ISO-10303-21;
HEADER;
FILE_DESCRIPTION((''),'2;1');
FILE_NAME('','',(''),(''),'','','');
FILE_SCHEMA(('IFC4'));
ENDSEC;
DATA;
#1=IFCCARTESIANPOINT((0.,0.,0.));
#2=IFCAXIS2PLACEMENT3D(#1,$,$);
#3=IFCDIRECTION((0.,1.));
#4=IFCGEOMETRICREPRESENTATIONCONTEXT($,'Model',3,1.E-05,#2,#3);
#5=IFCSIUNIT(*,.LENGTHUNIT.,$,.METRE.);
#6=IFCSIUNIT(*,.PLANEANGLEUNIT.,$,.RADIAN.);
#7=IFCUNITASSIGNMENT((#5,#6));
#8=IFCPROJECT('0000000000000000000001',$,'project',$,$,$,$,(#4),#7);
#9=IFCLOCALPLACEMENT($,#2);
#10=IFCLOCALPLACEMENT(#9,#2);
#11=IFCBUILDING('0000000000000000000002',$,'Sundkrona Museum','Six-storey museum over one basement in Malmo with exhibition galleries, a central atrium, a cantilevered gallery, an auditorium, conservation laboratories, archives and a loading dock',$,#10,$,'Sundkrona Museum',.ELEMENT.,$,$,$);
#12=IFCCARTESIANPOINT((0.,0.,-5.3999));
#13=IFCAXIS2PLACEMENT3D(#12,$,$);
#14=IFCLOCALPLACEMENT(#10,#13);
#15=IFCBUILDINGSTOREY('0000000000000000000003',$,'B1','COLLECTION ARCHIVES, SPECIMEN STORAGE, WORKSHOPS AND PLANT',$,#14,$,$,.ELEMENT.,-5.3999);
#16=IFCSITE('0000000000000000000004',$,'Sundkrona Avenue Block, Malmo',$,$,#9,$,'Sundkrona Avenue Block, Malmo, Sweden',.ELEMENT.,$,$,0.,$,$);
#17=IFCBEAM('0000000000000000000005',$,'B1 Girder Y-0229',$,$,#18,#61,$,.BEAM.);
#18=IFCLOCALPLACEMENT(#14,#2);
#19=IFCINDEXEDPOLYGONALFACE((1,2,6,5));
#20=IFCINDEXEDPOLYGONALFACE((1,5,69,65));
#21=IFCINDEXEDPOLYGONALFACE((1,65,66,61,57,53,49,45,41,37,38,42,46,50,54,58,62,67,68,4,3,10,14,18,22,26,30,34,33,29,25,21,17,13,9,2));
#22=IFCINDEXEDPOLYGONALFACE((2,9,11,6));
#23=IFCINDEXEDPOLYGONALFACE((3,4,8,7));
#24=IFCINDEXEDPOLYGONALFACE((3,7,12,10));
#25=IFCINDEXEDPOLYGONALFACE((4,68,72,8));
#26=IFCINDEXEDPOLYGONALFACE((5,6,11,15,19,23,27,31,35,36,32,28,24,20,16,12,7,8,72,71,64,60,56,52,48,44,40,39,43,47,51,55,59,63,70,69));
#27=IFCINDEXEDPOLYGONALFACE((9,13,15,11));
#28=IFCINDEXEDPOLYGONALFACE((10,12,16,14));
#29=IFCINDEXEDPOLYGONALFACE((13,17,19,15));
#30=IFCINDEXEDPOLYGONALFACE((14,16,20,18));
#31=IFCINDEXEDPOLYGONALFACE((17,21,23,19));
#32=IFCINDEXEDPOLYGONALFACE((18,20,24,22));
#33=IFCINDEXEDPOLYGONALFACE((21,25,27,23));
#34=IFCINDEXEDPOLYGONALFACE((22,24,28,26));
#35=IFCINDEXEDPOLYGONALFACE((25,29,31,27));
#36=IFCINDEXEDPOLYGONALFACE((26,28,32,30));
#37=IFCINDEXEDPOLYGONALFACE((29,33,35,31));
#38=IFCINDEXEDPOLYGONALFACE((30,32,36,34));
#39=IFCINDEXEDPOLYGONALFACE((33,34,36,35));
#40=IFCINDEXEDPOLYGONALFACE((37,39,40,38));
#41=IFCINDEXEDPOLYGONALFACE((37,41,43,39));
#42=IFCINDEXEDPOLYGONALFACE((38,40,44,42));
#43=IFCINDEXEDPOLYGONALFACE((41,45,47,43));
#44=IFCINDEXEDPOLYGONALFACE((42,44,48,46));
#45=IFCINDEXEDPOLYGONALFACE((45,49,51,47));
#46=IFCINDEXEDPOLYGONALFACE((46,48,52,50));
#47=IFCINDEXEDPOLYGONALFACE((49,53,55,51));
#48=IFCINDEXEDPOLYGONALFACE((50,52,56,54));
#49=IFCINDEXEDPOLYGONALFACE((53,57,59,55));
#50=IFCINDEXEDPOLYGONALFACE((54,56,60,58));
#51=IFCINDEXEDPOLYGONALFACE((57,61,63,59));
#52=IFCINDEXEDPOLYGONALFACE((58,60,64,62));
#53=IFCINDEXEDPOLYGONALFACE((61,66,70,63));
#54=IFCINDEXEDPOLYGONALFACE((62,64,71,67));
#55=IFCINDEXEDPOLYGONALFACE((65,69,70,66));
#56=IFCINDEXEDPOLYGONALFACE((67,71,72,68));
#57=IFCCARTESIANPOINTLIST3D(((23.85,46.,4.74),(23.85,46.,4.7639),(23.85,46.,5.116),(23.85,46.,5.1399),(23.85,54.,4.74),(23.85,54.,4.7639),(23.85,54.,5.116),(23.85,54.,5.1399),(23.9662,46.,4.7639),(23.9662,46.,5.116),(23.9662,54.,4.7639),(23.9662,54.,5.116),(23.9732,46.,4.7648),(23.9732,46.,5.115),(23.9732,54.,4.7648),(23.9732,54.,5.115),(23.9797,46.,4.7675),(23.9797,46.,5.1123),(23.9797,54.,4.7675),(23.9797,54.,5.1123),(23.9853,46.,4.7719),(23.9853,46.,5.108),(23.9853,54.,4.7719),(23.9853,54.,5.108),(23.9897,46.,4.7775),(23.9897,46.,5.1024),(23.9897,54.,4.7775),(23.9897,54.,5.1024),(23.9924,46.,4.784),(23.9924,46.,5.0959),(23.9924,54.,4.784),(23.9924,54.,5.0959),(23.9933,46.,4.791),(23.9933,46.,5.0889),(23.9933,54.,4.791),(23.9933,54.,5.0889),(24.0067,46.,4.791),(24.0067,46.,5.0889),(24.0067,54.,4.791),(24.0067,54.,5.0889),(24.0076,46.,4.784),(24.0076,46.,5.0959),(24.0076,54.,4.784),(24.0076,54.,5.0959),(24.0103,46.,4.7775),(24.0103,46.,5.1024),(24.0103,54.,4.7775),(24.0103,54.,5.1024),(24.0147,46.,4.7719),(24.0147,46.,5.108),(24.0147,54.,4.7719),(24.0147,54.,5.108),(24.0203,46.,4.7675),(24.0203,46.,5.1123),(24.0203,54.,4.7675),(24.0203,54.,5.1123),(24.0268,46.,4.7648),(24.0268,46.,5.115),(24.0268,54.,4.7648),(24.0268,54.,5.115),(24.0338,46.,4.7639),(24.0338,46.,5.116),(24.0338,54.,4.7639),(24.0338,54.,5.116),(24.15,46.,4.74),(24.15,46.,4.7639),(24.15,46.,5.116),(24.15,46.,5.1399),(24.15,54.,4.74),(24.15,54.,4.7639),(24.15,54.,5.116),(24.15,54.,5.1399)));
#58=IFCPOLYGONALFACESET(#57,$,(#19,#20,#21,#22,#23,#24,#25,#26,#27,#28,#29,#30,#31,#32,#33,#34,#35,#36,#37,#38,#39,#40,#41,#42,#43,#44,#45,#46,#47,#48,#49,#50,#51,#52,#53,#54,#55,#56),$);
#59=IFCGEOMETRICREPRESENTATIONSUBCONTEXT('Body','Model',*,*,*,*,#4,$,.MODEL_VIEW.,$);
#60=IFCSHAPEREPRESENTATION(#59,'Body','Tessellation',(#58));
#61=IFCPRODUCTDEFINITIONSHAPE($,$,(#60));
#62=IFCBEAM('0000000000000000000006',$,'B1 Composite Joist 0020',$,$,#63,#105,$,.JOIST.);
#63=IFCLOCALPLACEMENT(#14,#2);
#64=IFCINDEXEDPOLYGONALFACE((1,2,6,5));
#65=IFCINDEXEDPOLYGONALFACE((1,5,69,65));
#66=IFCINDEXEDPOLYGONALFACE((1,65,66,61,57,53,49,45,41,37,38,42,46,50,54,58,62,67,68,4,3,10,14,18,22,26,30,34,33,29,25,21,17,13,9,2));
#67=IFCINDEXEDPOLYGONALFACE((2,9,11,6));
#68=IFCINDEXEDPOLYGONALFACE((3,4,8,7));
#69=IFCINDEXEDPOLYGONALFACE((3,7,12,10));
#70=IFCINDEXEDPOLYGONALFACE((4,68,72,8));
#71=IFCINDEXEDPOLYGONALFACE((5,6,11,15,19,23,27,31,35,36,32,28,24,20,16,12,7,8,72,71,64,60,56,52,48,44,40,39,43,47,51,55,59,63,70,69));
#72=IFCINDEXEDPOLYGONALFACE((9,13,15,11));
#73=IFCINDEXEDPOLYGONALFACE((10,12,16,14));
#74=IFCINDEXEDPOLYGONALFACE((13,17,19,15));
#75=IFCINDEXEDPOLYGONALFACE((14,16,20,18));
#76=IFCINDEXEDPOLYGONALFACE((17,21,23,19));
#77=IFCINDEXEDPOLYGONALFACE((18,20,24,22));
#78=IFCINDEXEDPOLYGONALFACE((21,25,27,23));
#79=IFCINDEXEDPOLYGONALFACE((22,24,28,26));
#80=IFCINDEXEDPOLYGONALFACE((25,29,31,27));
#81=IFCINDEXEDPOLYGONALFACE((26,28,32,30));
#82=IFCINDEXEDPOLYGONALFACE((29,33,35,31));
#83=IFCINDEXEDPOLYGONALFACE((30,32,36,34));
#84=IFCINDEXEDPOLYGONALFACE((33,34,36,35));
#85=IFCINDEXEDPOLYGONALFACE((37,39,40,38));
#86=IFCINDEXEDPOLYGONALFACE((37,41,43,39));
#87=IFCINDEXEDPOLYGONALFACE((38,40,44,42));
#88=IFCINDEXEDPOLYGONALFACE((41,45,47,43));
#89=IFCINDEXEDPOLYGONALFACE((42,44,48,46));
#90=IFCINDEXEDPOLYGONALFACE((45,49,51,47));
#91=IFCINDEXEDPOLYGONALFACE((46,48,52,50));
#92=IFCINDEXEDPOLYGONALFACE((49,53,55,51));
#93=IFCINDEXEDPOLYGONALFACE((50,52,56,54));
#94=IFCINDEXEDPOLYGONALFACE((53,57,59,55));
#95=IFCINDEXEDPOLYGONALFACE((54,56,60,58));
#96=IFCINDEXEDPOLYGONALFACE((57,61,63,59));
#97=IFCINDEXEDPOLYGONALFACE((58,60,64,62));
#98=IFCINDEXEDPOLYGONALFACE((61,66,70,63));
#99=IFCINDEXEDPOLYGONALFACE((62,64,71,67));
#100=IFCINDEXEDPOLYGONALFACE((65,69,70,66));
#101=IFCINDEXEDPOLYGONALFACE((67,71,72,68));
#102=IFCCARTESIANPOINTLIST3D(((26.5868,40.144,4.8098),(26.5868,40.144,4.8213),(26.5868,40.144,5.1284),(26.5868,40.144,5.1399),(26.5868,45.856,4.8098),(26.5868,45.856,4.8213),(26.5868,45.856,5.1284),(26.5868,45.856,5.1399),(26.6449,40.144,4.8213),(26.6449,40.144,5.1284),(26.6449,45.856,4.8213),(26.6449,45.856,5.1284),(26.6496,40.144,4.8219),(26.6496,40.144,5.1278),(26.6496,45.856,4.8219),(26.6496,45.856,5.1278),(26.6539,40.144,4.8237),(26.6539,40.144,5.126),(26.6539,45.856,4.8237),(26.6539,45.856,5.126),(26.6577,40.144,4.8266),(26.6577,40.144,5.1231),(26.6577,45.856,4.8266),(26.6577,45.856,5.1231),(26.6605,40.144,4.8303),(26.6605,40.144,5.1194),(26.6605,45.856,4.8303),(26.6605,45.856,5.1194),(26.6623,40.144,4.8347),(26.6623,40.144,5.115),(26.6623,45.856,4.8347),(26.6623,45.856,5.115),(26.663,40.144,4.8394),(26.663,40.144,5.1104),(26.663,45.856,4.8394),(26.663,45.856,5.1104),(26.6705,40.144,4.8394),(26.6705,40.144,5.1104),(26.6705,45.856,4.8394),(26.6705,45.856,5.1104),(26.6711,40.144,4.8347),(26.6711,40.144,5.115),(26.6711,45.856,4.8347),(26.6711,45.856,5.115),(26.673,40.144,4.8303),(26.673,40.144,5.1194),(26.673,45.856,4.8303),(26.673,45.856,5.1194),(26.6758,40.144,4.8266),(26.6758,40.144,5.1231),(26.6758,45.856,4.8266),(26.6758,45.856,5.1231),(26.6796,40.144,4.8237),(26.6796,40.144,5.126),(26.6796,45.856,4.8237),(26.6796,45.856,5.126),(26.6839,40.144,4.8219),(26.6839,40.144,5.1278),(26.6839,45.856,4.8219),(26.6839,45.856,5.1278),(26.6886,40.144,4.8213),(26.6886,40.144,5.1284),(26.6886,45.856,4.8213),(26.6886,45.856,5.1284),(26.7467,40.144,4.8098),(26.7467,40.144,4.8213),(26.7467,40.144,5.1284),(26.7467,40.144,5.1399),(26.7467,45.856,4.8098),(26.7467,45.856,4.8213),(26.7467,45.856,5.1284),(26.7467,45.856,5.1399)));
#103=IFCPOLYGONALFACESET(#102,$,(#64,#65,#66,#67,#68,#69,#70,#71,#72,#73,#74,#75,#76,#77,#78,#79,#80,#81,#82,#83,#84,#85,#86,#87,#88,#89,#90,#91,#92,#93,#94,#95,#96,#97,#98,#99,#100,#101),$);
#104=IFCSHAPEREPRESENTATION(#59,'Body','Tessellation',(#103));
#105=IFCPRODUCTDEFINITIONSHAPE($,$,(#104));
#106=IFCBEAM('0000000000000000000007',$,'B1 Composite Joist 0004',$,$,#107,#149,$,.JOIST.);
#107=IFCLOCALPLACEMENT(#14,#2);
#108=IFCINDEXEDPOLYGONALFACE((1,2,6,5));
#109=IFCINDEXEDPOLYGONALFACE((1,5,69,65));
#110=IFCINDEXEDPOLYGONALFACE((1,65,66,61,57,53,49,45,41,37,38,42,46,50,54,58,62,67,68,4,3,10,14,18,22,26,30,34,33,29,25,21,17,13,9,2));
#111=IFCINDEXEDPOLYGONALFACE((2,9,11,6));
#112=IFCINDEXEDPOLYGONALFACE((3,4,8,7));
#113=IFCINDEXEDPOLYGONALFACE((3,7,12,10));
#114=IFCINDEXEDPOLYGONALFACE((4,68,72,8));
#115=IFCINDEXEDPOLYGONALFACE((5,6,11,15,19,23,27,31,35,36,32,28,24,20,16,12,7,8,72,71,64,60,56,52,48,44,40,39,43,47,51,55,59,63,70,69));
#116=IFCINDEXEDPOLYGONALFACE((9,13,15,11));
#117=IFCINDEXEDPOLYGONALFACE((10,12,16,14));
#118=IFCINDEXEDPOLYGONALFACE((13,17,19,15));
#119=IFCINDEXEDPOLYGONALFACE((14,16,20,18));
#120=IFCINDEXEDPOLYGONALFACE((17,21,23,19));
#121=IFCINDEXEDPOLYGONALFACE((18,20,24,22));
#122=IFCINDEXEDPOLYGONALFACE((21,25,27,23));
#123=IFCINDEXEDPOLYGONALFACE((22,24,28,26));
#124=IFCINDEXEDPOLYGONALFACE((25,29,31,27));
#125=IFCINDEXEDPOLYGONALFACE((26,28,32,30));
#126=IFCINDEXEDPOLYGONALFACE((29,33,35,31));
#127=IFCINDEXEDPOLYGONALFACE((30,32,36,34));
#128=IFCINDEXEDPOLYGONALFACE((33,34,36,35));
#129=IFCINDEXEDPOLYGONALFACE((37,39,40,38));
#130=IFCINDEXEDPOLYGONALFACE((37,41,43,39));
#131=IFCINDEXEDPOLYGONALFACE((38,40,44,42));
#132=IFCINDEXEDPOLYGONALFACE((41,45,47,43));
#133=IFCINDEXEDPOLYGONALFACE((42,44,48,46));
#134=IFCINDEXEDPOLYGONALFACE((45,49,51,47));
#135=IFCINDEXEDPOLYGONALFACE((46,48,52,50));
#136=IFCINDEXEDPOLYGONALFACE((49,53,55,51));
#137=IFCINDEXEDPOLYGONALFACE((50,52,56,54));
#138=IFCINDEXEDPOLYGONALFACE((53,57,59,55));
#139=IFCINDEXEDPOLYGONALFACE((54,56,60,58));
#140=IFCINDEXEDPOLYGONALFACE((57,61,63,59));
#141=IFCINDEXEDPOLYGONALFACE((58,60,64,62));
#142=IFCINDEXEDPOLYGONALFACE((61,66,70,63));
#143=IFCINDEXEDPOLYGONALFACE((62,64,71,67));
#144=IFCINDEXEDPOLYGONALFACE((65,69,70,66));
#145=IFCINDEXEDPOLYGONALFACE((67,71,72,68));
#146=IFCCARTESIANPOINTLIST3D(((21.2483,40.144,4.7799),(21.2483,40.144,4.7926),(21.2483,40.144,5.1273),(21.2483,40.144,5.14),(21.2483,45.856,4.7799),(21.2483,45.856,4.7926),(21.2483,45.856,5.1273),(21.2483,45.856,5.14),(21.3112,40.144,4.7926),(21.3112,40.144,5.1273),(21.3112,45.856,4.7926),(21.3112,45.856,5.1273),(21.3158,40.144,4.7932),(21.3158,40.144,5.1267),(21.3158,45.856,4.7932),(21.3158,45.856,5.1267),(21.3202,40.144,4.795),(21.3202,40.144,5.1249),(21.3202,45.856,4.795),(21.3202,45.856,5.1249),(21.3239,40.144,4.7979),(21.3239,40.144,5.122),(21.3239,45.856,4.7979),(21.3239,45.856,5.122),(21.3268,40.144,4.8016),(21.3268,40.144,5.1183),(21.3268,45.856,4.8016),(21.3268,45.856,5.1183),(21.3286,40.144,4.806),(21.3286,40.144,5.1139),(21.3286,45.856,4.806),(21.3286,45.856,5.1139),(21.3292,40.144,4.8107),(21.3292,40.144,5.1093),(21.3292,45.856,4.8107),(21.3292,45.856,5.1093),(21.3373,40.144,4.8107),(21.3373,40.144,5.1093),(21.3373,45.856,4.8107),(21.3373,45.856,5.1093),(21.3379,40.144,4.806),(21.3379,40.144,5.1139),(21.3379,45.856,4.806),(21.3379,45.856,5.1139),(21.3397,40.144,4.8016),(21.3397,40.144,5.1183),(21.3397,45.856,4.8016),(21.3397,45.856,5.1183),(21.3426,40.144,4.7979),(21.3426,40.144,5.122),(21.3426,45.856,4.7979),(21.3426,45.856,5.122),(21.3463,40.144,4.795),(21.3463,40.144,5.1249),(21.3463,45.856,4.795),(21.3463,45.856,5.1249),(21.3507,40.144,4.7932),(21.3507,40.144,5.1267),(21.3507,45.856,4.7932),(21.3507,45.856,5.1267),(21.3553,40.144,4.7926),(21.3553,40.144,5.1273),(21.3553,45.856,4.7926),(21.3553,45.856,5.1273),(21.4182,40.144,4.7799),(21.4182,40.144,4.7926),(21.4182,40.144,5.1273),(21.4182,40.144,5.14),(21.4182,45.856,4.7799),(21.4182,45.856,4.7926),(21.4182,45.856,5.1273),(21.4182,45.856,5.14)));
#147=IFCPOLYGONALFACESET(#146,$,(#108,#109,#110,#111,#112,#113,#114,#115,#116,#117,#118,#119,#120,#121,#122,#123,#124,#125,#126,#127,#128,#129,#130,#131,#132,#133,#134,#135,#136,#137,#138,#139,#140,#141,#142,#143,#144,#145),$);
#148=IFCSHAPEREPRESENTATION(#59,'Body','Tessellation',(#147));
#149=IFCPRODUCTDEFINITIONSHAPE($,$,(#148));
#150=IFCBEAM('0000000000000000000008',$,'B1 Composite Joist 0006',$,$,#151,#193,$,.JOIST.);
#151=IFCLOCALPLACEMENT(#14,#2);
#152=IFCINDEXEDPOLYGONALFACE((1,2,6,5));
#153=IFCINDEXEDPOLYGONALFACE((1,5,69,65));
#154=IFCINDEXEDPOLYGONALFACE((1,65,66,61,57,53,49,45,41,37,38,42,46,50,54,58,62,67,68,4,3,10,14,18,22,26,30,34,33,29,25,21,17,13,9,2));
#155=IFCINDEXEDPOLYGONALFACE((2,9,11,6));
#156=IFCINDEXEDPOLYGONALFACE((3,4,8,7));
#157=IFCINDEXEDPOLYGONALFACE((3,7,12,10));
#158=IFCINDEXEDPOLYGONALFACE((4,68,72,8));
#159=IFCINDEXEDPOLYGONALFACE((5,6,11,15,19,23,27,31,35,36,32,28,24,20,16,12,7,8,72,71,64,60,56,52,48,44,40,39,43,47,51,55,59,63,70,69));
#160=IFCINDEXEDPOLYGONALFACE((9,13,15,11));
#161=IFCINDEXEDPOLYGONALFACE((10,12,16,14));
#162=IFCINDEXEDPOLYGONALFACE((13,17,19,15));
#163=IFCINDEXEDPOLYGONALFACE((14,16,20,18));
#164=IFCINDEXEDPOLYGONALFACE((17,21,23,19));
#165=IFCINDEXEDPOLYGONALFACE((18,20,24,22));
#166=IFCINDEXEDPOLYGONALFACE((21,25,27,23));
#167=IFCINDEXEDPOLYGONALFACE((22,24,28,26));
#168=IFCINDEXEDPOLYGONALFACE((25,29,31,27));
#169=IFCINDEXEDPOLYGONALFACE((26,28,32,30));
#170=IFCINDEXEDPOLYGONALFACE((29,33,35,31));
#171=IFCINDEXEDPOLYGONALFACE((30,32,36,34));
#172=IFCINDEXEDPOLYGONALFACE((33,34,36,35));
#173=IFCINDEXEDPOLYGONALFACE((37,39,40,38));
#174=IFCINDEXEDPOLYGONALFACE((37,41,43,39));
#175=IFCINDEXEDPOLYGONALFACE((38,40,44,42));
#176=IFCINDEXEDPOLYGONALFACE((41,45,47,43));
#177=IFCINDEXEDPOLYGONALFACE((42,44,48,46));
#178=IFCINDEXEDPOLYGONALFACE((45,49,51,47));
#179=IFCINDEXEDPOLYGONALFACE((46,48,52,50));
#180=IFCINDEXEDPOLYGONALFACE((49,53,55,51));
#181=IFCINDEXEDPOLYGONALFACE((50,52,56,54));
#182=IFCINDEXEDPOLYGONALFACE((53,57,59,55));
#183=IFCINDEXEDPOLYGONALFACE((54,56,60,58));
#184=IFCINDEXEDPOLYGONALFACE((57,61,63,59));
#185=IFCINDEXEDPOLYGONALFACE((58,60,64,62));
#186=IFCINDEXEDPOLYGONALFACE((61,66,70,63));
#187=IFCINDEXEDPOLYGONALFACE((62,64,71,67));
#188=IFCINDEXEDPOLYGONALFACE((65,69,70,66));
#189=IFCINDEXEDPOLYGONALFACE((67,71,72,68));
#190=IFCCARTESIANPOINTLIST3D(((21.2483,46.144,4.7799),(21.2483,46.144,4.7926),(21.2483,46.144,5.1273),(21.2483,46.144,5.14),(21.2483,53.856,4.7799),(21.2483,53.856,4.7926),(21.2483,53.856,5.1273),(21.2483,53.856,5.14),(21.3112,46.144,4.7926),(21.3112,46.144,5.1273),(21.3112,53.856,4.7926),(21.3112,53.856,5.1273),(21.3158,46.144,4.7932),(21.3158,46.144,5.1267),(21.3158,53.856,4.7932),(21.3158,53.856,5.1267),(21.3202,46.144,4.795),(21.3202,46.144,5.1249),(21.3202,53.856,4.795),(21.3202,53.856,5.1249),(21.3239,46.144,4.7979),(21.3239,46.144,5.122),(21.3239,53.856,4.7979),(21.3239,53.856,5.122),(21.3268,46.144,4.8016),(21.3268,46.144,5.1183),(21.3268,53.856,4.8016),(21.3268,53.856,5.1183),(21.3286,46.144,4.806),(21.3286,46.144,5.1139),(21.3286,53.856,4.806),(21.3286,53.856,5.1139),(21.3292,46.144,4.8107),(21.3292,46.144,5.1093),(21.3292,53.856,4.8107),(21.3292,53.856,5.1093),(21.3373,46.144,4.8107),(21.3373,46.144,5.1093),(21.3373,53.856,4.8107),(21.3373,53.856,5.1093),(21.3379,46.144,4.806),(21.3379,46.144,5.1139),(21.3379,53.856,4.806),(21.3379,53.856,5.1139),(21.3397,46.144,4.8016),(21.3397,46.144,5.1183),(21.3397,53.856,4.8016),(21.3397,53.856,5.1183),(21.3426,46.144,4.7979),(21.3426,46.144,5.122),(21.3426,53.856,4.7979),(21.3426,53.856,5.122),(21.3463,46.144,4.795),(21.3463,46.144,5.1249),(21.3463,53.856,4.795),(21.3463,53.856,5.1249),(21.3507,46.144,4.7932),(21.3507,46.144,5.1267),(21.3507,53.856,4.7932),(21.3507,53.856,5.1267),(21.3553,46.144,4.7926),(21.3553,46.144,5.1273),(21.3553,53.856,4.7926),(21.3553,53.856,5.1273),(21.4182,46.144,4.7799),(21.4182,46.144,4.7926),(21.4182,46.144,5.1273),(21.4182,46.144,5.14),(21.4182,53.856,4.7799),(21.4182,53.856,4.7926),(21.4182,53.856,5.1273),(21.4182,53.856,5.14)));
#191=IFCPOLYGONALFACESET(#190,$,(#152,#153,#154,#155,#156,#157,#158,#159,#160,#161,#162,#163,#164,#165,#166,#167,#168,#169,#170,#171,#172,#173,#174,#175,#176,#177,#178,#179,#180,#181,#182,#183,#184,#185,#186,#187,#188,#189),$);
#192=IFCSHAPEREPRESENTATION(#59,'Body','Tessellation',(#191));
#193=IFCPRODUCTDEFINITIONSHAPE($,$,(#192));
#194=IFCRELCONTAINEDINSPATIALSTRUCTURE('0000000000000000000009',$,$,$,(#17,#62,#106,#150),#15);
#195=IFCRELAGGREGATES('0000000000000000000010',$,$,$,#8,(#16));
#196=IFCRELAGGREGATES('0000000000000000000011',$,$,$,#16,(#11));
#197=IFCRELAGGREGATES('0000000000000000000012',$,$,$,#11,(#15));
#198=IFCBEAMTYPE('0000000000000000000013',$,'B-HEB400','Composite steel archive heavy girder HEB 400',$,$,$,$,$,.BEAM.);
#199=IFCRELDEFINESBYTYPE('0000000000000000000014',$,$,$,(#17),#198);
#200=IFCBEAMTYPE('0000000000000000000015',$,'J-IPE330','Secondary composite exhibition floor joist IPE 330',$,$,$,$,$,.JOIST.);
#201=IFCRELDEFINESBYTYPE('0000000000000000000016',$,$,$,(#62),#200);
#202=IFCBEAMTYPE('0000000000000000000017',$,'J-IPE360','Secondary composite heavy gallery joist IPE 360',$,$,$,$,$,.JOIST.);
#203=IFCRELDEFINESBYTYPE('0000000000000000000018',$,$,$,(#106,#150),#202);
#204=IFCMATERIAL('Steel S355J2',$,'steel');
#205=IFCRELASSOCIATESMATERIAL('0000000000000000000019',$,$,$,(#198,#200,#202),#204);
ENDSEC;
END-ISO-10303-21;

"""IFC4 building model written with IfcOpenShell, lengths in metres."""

from ifc_helpers import new_model, si_unit, direction, frame, origin, origin_2d, place, context, subcontext, project, spatial, i_section, extrude, material, material_profile, profile_set, type_object, element, save


model = new_model("IFC4")

# Units and contexts
model_context = context("Model", 3, precision=1e-05, world=origin(), true_north=direction((0.0, 1.0)))
body_context = subcontext(model_context, "Body", "Model", "MODEL_VIEW")
ifc_project = project(units=[si_unit("LENGTHUNIT", "METRE"), si_unit("PLANEANGLEUNIT", "RADIAN")], contexts=[model_context])

# Site, building, storey
site_placement = place(None, origin())
site = spatial("IfcSite", under=ifc_project, at=site_placement, Name="Sundkrona Avenue Block, Malmo", LongName="Sundkrona Avenue Block, Malmo, Sweden", CompositionType="ELEMENT", RefElevation=0.0)
building_placement = place(site_placement, origin())
building = spatial("IfcBuilding", under=site, at=building_placement, Name="Sundkrona Museum", Description="Six-storey museum over one basement in Malmo with exhibition galleries, a central atrium, a cantilevered gallery, an auditorium, conservation laboratories, archives and a loading dock", LongName="Sundkrona Museum", CompositionType="ELEMENT")
storey_placement = place(building_placement, frame((0.0, 0.0, -5.3999)))
storey = spatial("IfcBuildingStorey", under=building, at=storey_placement, Name="B1", Description="COLLECTION ARCHIVES, SPECIMEN STORAGE, WORKSHOPS AND PLANT", CompositionType="ELEMENT", Elevation=-5.3999)

# Beams
ifc_material_1 = material(Name="Steel S355J2", Category="steel")
ifc_material_profile_1 = material_profile(ifc_material_1, i_section(OverallWidth=0.3, OverallDepth=0.3999, WebThickness=0.0134, FlangeThickness=0.0239, FilletRadius=0.0271, at=origin_2d()), Name="HEB 400")
ifc_profile_set_1 = profile_set([ifc_material_profile_1], Name="Steel S355J2")
beam_type_1 = type_object("IfcBeamType", Name="B-HEB400", Description="Composite steel archive heavy girder HEB 400", PredefinedType="BEAM", material=ifc_profile_set_1)
beam_1_placement = place(storey_placement, frame((24.0, 46.0, 4.9399), z_axis=(0.0, 1.0, 0.0), x_axis=(-1.0, 0.0, 0.0)))
element("IfcBeam", 1, at=beam_1_placement, inside=storey, type_object=beam_type_1, Name="B1 Girder Y-0229", PredefinedType="BEAM", context=body_context, shape_type="SweptSolid", body=[
    extrude(i_section(OverallWidth=0.3, OverallDepth=0.3999, WebThickness=0.0134, FlangeThickness=0.0239, FilletRadius=0.0271, at=origin_2d()), origin(), (0.0, 0.0, 1.0), 8.0),
])
ifc_material_profile_2 = material_profile(ifc_material_1, i_section(OverallWidth=0.1599, OverallDepth=0.3301, WebThickness=0.0076, FlangeThickness=0.0115, FilletRadius=0.0181, at=origin_2d()), Name="IPE 330")
ifc_profile_set_2 = profile_set([ifc_material_profile_2], Name="Steel S355J2")
beam_type_2 = type_object("IfcBeamType", Name="J-IPE330", Description="Secondary composite exhibition floor joist IPE 330", PredefinedType="JOIST", material=ifc_profile_set_2)
beam_2_placement = place(storey_placement, frame((26.6667, 40.144, 4.9749), z_axis=(0.0, 1.0, 0.0), x_axis=(-1.0, 0.0, 0.0)))
element("IfcBeam", 2, at=beam_2_placement, inside=storey, type_object=beam_type_2, Name="B1 Composite Joist 0020", PredefinedType="JOIST", context=body_context, shape_type="SweptSolid", body=[
    extrude(i_section(OverallWidth=0.1599, OverallDepth=0.3301, WebThickness=0.0076, FlangeThickness=0.0115, FilletRadius=0.0181, at=origin_2d()), origin(), (0.0, 0.0, 1.0), 5.7119),
])
ifc_material_profile_3 = material_profile(ifc_material_1, i_section(OverallWidth=0.1699, OverallDepth=0.3601, WebThickness=0.0081, FlangeThickness=0.0127, FilletRadius=0.0181, at=origin_2d()), Name="IPE 360")
ifc_profile_set_3 = profile_set([ifc_material_profile_3], Name="Steel S355J2")
beam_type_3 = type_object("IfcBeamType", Name="J-IPE360", Description="Secondary composite heavy gallery joist IPE 360", PredefinedType="JOIST", material=ifc_profile_set_3)
beam_3_placement = place(storey_placement, frame((21.3333, 40.144, 4.96), z_axis=(0.0, 1.0, 0.0), x_axis=(-1.0, 0.0, 0.0)))
element("IfcBeam", 3, at=beam_3_placement, inside=storey, type_object=beam_type_3, Name="B1 Composite Joist 0004", PredefinedType="JOIST", context=body_context, shape_type="SweptSolid", body=[
    extrude(i_section(OverallWidth=0.1699, OverallDepth=0.3601, WebThickness=0.0081, FlangeThickness=0.0127, FilletRadius=0.0181, at=origin_2d()), origin(), (0.0, 0.0, 1.0), 5.7119),
])
beam_4_placement = place(storey_placement, frame((21.3333, 46.144, 4.96), z_axis=(0.0, 1.0, 0.0), x_axis=(-1.0, 0.0, 0.0)))
element("IfcBeam", 4, at=beam_4_placement, inside=storey, type_object=beam_type_3, Name="B1 Composite Joist 0006", PredefinedType="JOIST", context=body_context, shape_type="SweptSolid", body=[
    extrude(i_section(OverallWidth=0.1699, OverallDepth=0.3601, WebThickness=0.0081, FlangeThickness=0.0127, FilletRadius=0.0181, at=origin_2d()), origin(), (0.0, 0.0, 1.0), 7.7119),
])

save(model, "model.ifc")
